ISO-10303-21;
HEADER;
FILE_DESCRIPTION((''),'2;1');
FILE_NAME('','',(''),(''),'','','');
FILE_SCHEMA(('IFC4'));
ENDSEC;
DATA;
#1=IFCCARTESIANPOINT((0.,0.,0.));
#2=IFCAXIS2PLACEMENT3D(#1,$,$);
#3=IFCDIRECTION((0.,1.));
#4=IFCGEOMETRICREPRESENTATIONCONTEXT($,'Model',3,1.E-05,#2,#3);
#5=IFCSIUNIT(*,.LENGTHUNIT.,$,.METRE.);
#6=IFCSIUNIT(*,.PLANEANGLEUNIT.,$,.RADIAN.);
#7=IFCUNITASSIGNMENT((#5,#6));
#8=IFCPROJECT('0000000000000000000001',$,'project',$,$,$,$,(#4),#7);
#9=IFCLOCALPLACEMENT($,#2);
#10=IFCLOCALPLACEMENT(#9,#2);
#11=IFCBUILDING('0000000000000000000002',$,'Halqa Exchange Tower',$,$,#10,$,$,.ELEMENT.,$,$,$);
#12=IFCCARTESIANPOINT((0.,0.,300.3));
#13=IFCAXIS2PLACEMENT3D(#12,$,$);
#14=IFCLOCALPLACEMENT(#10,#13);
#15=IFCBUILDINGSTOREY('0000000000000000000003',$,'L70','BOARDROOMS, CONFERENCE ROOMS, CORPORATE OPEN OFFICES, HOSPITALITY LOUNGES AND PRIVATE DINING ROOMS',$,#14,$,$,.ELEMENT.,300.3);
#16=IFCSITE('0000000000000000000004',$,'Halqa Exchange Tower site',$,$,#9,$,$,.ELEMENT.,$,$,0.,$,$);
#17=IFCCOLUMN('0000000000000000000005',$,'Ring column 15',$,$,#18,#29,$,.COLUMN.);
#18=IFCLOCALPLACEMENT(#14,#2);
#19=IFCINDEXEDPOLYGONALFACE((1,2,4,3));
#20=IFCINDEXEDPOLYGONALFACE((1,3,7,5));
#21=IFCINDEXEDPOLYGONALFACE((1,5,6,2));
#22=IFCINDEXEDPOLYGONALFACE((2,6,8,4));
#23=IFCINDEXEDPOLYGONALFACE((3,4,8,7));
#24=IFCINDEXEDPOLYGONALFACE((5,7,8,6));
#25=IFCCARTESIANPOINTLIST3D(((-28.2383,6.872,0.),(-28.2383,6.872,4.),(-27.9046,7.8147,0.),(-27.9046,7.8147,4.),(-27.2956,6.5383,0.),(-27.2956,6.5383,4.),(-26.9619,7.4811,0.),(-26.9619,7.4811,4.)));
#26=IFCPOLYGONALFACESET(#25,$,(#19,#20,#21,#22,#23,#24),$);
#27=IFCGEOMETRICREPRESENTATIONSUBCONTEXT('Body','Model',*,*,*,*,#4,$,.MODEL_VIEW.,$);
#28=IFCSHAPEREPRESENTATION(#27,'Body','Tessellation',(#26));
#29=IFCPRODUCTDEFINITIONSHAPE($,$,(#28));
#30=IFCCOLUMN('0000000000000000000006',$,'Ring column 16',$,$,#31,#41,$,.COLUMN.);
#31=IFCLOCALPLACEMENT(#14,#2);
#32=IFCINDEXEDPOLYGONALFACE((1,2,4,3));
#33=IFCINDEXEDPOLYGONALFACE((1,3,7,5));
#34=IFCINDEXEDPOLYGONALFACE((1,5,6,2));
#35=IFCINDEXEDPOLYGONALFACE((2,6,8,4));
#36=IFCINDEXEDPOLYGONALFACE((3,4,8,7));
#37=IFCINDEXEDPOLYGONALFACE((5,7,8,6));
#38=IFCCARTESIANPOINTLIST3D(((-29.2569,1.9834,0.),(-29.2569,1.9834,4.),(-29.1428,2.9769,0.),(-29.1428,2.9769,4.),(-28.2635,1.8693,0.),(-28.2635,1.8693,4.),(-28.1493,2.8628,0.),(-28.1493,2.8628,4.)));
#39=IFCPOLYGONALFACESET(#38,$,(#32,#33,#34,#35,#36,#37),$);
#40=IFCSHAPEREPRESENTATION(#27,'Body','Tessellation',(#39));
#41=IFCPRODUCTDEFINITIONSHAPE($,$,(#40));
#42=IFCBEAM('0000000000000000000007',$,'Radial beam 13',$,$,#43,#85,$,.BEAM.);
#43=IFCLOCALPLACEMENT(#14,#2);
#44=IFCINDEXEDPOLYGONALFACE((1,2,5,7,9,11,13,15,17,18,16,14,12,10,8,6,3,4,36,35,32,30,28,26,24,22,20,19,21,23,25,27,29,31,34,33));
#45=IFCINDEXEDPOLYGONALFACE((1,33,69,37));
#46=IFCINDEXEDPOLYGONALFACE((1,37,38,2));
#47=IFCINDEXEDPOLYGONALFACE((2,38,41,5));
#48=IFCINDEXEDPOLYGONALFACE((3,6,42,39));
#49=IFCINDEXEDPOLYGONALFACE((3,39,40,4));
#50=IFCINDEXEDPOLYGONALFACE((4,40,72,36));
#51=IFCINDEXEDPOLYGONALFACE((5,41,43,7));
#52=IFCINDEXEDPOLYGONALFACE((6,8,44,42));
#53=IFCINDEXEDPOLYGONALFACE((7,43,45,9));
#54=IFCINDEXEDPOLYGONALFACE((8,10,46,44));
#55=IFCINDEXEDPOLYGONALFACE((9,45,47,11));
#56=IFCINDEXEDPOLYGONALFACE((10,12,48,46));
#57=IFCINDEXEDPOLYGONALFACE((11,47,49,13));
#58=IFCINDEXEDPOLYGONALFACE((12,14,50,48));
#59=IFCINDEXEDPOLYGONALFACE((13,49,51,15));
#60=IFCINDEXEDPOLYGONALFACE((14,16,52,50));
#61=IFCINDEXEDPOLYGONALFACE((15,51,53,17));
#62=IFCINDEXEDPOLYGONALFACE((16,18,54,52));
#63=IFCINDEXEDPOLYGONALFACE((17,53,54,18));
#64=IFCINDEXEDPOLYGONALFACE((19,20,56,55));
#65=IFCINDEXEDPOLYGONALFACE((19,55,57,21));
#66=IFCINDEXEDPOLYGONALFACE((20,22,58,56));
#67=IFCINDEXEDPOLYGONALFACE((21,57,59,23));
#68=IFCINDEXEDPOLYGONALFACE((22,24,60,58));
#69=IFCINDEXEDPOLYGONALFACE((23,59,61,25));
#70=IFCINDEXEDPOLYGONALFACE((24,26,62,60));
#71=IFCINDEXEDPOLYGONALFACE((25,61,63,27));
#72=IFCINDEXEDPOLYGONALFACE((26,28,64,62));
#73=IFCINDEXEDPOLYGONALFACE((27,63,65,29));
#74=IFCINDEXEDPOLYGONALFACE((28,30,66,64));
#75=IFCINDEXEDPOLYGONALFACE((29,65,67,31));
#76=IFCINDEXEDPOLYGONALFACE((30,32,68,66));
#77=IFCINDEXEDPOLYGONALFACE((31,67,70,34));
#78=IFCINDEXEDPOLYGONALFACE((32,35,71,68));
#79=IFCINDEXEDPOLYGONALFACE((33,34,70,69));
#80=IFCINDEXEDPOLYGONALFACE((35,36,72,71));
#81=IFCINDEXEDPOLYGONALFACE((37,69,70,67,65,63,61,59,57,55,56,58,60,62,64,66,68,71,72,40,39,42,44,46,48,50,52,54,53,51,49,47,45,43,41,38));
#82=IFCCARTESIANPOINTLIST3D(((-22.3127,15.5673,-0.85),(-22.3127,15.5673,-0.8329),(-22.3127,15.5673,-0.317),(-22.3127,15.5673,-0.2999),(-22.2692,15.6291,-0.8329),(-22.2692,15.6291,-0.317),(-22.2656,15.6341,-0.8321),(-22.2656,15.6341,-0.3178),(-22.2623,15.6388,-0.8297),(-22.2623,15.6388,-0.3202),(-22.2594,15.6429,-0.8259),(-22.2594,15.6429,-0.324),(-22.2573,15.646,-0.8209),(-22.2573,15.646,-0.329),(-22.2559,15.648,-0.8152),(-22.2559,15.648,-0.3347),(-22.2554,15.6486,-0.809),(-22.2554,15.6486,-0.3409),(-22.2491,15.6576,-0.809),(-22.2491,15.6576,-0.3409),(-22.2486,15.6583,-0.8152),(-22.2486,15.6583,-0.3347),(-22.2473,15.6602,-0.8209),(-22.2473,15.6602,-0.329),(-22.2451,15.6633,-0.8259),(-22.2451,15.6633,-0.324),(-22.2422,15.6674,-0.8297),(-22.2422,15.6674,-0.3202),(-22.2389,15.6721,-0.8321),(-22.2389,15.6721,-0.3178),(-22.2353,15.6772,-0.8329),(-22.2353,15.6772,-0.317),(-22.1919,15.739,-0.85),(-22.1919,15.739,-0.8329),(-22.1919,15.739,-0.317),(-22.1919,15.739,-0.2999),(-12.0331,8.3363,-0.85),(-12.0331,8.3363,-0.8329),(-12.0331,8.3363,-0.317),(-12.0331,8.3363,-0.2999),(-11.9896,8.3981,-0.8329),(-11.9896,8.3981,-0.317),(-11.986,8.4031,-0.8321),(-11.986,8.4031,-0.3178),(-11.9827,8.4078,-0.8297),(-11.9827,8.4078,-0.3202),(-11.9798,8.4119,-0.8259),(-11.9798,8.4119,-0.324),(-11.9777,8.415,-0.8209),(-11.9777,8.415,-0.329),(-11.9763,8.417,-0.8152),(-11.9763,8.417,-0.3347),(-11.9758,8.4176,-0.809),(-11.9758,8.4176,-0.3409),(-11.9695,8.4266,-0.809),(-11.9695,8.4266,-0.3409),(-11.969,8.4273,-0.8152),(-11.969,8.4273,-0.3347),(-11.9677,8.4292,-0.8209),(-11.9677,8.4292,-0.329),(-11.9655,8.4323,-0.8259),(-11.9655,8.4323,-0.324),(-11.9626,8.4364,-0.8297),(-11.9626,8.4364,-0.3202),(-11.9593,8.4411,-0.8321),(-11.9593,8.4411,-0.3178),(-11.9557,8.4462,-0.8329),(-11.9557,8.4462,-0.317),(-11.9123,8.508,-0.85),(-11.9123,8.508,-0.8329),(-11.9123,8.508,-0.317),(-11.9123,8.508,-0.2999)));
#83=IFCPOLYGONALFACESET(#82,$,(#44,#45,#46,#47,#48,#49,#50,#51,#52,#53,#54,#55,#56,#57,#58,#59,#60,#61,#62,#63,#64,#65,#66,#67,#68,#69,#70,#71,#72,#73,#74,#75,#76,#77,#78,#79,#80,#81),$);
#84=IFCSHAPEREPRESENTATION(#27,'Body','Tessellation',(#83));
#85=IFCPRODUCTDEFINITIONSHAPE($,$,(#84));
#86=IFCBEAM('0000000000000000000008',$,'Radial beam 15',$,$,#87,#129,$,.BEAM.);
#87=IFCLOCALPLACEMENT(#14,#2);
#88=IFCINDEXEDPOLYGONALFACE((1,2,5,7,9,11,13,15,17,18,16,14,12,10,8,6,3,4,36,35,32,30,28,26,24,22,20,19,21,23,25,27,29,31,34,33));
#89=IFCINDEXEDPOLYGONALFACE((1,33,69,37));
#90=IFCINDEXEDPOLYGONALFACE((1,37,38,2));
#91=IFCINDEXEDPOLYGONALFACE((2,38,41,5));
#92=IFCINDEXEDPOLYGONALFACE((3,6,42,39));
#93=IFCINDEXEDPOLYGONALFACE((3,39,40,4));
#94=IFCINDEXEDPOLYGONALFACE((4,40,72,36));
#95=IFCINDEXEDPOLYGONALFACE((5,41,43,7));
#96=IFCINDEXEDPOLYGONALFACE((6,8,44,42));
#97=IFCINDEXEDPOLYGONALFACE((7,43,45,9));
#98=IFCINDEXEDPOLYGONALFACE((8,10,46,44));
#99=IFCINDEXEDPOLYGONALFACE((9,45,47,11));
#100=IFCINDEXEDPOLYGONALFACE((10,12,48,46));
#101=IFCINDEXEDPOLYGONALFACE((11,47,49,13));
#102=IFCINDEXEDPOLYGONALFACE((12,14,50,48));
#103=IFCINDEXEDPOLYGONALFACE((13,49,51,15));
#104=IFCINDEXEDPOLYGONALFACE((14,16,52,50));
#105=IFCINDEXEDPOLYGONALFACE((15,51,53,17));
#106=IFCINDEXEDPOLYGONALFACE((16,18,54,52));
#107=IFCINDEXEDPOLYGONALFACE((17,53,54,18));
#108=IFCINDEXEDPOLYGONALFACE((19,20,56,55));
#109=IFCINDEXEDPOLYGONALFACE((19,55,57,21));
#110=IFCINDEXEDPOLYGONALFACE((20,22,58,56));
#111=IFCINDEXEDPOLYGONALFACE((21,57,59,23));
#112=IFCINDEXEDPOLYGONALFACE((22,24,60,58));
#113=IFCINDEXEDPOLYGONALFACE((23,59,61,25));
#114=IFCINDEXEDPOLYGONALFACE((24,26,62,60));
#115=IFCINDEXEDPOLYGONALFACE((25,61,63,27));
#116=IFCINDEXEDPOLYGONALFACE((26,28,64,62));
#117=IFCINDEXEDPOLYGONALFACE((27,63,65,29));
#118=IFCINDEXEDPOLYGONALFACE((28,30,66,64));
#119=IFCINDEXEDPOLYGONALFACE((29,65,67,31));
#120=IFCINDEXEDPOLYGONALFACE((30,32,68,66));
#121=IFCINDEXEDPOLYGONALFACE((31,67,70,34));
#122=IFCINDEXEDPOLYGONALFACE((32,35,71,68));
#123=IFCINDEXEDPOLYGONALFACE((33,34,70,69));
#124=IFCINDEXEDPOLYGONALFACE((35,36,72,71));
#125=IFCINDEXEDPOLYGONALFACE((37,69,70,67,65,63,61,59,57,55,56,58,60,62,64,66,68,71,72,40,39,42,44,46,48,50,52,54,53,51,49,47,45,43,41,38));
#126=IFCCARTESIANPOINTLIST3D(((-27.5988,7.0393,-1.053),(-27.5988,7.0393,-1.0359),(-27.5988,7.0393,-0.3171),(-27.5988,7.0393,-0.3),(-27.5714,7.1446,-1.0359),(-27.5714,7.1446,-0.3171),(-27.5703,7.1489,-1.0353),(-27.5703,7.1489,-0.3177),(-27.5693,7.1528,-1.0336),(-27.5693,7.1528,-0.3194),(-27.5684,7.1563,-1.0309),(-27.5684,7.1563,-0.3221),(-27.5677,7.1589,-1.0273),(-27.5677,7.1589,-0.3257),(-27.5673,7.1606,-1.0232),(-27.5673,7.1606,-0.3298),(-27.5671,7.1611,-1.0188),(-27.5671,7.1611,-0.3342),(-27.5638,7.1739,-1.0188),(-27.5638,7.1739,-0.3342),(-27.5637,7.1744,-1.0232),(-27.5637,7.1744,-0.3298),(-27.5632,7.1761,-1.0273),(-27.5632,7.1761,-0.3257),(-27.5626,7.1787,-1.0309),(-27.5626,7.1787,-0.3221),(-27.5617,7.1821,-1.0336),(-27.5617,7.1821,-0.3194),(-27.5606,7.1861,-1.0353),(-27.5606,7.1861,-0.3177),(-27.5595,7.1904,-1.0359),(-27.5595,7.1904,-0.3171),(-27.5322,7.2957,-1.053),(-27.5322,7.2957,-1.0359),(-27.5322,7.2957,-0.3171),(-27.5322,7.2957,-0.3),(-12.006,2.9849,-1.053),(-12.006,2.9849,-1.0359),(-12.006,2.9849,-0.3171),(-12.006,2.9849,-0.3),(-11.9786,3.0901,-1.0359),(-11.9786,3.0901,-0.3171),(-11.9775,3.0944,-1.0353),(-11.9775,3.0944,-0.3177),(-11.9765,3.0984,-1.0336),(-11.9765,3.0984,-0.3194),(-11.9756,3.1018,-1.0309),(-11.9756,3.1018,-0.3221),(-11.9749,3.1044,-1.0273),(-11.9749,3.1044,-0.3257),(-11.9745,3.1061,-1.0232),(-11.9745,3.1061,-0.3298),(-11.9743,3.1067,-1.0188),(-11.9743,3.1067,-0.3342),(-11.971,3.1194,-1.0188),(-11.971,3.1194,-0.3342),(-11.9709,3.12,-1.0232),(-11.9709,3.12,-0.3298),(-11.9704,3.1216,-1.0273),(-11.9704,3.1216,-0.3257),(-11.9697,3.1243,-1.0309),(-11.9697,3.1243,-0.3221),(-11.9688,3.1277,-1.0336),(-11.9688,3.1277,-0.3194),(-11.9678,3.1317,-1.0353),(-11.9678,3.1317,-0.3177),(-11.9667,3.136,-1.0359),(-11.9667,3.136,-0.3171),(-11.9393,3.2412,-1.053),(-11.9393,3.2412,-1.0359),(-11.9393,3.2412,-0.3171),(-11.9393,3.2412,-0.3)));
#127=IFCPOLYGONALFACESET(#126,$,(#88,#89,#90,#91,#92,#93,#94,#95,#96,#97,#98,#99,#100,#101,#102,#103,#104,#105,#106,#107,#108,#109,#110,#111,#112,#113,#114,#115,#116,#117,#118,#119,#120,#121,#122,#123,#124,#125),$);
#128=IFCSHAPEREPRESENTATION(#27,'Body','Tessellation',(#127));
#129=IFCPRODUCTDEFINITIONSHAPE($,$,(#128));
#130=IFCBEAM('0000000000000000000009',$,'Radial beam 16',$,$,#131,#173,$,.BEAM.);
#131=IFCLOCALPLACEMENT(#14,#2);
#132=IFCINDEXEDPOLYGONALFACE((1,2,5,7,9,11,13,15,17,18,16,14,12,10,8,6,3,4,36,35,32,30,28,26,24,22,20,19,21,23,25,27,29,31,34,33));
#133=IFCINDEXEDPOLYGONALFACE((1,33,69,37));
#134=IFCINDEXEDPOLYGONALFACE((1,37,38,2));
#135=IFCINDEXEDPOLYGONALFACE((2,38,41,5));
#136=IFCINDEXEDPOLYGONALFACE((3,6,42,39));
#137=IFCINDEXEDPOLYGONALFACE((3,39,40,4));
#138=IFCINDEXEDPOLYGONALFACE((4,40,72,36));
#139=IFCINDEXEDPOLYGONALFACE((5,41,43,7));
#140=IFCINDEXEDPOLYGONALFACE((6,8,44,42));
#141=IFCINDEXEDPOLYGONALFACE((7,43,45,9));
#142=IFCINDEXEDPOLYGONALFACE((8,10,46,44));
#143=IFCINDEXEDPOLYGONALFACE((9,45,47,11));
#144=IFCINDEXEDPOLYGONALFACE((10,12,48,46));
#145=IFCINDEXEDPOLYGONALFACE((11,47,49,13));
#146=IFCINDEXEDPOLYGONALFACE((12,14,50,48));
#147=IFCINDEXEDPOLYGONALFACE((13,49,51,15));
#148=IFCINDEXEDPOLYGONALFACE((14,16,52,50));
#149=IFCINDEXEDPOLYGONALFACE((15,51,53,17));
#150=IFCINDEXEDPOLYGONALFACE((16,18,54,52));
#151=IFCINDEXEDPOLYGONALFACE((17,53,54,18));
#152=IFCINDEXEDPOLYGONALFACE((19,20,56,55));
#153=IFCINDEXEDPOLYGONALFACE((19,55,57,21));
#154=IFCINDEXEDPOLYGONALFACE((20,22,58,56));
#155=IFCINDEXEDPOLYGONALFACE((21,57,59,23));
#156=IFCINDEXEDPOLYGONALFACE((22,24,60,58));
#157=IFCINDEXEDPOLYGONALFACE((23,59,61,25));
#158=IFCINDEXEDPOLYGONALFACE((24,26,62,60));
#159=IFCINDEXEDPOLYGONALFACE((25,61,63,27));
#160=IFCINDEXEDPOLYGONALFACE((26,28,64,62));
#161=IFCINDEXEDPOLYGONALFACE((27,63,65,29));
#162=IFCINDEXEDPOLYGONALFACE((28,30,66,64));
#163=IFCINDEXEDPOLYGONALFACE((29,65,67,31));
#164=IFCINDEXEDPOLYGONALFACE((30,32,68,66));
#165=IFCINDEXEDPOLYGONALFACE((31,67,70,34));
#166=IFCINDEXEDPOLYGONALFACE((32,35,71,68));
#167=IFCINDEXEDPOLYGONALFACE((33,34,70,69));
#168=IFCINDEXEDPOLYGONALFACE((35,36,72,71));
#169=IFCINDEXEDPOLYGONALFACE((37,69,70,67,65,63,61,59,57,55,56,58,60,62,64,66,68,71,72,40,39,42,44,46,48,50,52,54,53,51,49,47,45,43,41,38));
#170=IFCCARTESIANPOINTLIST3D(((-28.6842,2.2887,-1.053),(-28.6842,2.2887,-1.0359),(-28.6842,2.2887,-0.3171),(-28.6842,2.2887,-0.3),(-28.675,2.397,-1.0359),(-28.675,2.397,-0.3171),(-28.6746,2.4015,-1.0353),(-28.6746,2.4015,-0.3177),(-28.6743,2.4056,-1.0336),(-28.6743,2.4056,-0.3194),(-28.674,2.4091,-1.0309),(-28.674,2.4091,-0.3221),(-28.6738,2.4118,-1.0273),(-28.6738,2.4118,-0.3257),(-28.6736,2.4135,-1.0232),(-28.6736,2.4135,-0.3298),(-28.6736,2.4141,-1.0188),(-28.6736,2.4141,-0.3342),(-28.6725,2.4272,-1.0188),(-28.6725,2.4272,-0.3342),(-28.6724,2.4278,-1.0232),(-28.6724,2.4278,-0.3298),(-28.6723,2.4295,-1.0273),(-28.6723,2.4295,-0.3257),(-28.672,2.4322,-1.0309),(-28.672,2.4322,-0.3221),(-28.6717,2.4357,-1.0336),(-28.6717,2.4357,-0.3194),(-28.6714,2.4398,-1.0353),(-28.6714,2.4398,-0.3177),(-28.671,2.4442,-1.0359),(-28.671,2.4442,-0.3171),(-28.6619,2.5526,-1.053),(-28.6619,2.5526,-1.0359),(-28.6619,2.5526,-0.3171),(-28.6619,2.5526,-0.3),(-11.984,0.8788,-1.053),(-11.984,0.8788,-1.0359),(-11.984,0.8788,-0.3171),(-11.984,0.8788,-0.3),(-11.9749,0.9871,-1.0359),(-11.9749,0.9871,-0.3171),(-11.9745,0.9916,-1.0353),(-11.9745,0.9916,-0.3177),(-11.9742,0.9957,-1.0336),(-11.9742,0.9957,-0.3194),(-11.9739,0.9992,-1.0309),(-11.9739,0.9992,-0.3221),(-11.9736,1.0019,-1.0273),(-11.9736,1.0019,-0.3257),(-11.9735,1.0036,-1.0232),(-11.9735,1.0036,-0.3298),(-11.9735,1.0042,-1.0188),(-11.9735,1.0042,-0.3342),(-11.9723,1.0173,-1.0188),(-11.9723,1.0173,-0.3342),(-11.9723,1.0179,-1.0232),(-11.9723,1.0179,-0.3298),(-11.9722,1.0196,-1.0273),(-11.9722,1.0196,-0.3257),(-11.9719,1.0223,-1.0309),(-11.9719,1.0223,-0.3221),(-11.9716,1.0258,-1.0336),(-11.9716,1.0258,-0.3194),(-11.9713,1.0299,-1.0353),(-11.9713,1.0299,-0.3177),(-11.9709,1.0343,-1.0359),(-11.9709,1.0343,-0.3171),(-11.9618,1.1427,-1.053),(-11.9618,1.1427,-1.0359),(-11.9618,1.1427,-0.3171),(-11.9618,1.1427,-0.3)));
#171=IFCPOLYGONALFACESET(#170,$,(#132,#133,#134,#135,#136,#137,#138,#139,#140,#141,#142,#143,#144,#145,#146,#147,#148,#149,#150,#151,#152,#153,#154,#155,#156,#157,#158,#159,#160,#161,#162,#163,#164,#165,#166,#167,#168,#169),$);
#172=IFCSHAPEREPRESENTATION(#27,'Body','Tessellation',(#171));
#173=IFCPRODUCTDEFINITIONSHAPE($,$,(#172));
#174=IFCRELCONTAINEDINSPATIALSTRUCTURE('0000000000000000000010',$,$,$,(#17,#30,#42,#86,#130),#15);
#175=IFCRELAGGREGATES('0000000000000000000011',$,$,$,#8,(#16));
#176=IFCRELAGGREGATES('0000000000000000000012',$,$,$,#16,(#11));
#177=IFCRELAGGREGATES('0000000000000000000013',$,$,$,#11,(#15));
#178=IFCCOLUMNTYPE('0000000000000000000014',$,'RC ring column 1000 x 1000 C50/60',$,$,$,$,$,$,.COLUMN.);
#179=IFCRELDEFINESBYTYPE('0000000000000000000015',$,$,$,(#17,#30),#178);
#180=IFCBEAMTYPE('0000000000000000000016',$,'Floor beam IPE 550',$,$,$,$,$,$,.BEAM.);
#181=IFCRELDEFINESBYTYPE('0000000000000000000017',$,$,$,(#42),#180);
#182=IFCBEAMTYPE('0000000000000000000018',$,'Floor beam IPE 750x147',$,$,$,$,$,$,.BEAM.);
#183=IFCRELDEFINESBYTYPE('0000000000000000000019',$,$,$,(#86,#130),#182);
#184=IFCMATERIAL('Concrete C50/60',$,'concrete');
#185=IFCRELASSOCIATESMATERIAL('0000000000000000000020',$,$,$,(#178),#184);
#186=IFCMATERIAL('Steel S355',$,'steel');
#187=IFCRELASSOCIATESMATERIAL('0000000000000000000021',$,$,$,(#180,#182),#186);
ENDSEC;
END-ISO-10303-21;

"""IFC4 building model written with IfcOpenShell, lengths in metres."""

from ifc_helpers import new_model, si_unit, direction, frame, origin, origin_2d, place, context, subcontext, project, spatial, rectangle, i_section, extrude, material, material_profile, profile_set, type_object, element, save


model = new_model("IFC4")

# Units and contexts
model_context = context("Model", 3, precision=1e-05, world=origin(), true_north=direction((0.0, 1.0)))
body_context = subcontext(model_context, "Body", "Model", "MODEL_VIEW")
ifc_project = project(units=[si_unit("LENGTHUNIT", "METRE"), si_unit("PLANEANGLEUNIT", "RADIAN")], contexts=[model_context])

# Site, building, storey
site_placement = place(None, origin())
site = spatial("IfcSite", under=ifc_project, at=site_placement, Name="Halqa Exchange Tower site", CompositionType="ELEMENT", RefElevation=0.0)
building_placement = place(site_placement, origin())
building = spatial("IfcBuilding", under=site, at=building_placement, Name="Halqa Exchange Tower", CompositionType="ELEMENT")
storey_placement = place(building_placement, frame((0.0, 0.0, 300.3)))
storey = spatial("IfcBuildingStorey", under=building, at=storey_placement, Name="L70", Description="BOARDROOMS, CONFERENCE ROOMS, CORPORATE OPEN OFFICES, HOSPITALITY LOUNGES AND PRIVATE DINING ROOMS", CompositionType="ELEMENT", Elevation=300.3)

# Columns
ifc_material_1 = material(Name="Concrete C50/60", Category="concrete")
ifc_material_profile_1 = material_profile(ifc_material_1, rectangle(XDim=1.0, YDim=1.0, at=origin_2d()), Name="1000 x 1000")
ifc_profile_set_1 = profile_set([ifc_material_profile_1], Name="Concrete C50/60")
column_type = type_object("IfcColumnType", Name="RC ring column 1000 x 1000 C50/60", PredefinedType="COLUMN", material=ifc_profile_set_1)
for number, where, z_axis, x_axis, name in (
    (1, (-27.6001, 7.1765, 0.0), (0.0, 0.0, 1.0), (-0.333623, -0.942707, 0.0), "Ring column 15"),
    (2, (-28.7031, 2.4231, 0.0), (0.0, 0.0, 1.0), (-0.11415, -0.993464, 0.0), "Ring column 16"),
):
    element("IfcColumn", number, at=place(storey_placement, frame(where, z_axis=z_axis, x_axis=x_axis)), inside=storey, type_object=column_type, Name=name, PredefinedType="COLUMN", context=body_context, shape_type="SweptSolid", body=[
        extrude(rectangle(XDim=1.0, YDim=1.0, at=origin_2d()), origin(), (0.0, 0.0, 1.0), 4.0),
    ])

# Beams
ifc_material_2 = material(Name="Steel S355", Category="steel")
ifc_material_profile_2 = material_profile(ifc_material_2, i_section(OverallWidth=0.21, OverallDepth=0.55, WebThickness=0.011, FlangeThickness=0.0171, FilletRadius=0.0239, at=origin_2d()), Name="IPE 550")
ifc_profile_set_2 = profile_set([ifc_material_profile_2], Name="Steel S355")
beam_type_1 = type_object("IfcBeamType", Name="Floor beam IPE 550", PredefinedType="BEAM", material=ifc_profile_set_2)
beam_1_placement = place(storey_placement, frame((-11.9727, 8.4221, -0.575), z_axis=(-0.817911, 0.575345, 0.0), x_axis=(-0.575345, -0.817911, 0.0)))
element("IfcBeam", 3, at=beam_1_placement, inside=storey, type_object=beam_type_1, Name="Radial beam 13", PredefinedType="BEAM", context=body_context, shape_type="SweptSolid", body=[
    extrude(i_section(OverallWidth=0.21, OverallDepth=0.55, WebThickness=0.011, FlangeThickness=0.0171, FilletRadius=0.0239, at=origin_2d()), origin(), (0.0, 0.0, 1.0), 12.5681),
])
ifc_material_profile_3 = material_profile(ifc_material_2, i_section(OverallWidth=0.2649, OverallDepth=0.7529, WebThickness=0.0132, FlangeThickness=0.0171, FilletRadius=0.0171, at=origin_2d()), Name="IPE 750x147")
ifc_profile_set_3 = profile_set([ifc_material_profile_3], Name="Steel S355")
beam_type_2 = type_object("IfcBeamType", Name="Floor beam IPE 750x147", PredefinedType="BEAM", material=ifc_profile_set_3)
beam_2_placement = place(storey_placement, frame((-11.9727, 3.113, -0.6765), z_axis=(-0.967818, 0.251653, 0.0), x_axis=(-0.251653, -0.967818, 0.0)))
element("IfcBeam", 4, at=beam_2_placement, inside=storey, type_object=beam_type_2, Name="Radial beam 15", PredefinedType="BEAM", context=body_context, shape_type="SweptSolid", body=[
    extrude(i_section(OverallWidth=0.2649, OverallDepth=0.7529, WebThickness=0.0132, FlangeThickness=0.0171, FilletRadius=0.0171, at=origin_2d()), origin(), (0.0, 0.0, 1.0), 16.1113),
])
for number, where, z_axis, x_axis, name in (
    (5, (-11.9729, 1.0107, -0.6765), (-0.996455, 0.084126, 0.0), (-0.084126, -0.996455, 0.0), "Radial beam 16"),
):
    element("IfcBeam", number, at=place(storey_placement, frame(where, z_axis=z_axis, x_axis=x_axis)), inside=storey, type_object=beam_type_2, Name=name, PredefinedType="BEAM", context=body_context, shape_type="SweptSolid", body=[
        extrude(i_section(OverallWidth=0.2649, OverallDepth=0.7529, WebThickness=0.0132, FlangeThickness=0.0171, FilletRadius=0.0171, at=origin_2d()), origin(), (0.0, 0.0, 1.0), 16.7595),
    ])

save(model, "model.ifc")
